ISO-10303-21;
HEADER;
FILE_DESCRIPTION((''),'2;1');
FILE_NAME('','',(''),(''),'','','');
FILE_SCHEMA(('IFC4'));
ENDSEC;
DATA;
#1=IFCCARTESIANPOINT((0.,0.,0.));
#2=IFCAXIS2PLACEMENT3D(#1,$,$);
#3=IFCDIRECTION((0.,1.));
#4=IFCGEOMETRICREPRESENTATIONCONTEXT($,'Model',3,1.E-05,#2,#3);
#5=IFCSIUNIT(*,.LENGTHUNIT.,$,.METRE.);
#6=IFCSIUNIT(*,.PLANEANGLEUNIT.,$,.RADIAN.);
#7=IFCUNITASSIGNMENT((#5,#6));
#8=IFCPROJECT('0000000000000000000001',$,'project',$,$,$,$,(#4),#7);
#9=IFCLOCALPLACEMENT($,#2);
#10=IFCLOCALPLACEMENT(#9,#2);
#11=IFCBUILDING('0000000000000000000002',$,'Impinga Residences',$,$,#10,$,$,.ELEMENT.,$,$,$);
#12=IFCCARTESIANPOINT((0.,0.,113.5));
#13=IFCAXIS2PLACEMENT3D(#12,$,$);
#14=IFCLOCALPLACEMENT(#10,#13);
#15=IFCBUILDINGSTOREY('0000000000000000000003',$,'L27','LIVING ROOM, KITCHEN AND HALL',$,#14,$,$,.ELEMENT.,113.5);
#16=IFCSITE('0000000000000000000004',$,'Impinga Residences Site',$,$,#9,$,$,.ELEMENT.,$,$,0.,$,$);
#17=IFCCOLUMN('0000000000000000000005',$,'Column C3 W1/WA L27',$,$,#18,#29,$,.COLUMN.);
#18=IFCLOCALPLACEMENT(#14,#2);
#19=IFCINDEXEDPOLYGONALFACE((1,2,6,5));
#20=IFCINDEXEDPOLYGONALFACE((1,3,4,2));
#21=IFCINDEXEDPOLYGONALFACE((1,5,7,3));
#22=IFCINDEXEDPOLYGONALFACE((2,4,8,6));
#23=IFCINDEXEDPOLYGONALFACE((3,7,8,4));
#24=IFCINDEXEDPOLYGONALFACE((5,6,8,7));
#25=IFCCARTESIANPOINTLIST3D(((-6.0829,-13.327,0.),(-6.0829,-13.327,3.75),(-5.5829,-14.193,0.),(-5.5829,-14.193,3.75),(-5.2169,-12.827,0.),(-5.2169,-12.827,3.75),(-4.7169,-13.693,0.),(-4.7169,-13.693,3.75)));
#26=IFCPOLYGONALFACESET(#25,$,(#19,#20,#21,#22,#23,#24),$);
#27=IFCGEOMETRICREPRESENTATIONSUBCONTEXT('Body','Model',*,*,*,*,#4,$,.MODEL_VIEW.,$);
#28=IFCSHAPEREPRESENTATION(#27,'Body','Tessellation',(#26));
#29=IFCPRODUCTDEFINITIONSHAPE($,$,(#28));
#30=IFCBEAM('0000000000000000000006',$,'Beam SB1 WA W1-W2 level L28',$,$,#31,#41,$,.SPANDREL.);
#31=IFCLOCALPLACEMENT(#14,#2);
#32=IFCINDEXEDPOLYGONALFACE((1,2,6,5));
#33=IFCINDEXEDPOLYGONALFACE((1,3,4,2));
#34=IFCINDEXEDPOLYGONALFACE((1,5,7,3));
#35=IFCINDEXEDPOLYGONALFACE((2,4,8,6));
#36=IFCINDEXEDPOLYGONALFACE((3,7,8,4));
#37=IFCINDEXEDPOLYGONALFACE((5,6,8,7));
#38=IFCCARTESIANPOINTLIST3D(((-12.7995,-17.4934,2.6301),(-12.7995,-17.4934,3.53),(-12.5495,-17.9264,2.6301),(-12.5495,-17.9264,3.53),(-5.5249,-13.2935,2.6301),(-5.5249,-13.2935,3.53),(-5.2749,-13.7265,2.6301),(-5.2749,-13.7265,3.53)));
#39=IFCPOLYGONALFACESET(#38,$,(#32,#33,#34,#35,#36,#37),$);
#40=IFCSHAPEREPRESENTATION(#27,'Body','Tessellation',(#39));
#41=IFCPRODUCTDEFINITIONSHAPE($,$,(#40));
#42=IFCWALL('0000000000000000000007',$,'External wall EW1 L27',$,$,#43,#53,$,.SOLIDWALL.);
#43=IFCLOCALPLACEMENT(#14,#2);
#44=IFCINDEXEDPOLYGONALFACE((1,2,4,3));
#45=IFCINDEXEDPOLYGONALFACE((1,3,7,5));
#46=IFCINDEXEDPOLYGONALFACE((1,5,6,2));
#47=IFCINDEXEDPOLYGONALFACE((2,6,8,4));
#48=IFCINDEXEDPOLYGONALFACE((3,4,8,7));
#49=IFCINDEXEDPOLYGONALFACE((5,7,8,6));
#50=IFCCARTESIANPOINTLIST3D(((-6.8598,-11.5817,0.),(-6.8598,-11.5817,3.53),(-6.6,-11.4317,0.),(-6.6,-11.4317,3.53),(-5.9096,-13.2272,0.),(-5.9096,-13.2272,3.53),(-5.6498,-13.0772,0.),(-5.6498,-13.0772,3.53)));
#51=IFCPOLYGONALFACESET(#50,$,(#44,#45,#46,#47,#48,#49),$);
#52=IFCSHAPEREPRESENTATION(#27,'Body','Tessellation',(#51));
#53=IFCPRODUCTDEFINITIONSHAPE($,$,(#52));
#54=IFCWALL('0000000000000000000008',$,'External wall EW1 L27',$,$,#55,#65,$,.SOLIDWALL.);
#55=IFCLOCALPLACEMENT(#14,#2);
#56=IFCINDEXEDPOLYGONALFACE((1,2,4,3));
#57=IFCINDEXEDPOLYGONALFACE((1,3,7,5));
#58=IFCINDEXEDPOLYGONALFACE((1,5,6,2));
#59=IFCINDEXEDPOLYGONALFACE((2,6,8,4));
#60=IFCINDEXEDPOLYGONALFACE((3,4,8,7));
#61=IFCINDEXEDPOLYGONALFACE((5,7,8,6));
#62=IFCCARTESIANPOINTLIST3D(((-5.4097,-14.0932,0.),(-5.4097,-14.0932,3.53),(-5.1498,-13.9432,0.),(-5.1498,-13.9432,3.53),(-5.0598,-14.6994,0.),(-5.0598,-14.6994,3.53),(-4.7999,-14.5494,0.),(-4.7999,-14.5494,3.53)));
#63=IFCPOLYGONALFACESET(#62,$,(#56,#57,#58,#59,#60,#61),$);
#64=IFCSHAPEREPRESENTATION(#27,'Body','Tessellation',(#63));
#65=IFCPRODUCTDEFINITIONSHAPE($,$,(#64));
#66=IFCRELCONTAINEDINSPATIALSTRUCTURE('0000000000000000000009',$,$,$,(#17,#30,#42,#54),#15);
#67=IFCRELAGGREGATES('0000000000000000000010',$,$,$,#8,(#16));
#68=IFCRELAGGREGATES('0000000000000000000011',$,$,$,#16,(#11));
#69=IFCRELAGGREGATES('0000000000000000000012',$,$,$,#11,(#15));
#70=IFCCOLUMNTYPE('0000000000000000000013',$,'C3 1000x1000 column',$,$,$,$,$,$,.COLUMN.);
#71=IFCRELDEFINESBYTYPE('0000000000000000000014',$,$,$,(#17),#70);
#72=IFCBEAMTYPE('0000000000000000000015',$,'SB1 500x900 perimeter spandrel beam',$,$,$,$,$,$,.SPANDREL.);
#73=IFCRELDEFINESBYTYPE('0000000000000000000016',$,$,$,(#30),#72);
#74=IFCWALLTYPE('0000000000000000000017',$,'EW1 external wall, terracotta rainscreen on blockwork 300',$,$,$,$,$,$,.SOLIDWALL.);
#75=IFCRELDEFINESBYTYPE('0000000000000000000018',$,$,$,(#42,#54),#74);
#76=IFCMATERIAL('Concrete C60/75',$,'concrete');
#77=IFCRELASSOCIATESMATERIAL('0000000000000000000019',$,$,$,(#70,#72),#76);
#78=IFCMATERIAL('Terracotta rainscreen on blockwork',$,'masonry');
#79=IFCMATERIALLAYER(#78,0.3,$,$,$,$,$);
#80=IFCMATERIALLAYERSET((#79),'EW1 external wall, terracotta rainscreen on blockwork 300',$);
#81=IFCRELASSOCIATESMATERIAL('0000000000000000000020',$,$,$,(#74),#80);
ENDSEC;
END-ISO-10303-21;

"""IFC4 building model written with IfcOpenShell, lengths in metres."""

from ifc_helpers import new_model, si_unit, direction, frame, frame_2d, origin, origin_2d, place, context, subcontext, project, spatial, rectangle, extrude, material, layer, layer_set, material_profile, profile_set, type_object, element, save


model = new_model("IFC4")

# Units and contexts
model_context = context("Model", 3, precision=1e-05, world=origin(), true_north=direction((0.0, 1.0)))
body_context = subcontext(model_context, "Body", "Model", "MODEL_VIEW")
ifc_project = project(units=[si_unit("LENGTHUNIT", "METRE"), si_unit("PLANEANGLEUNIT", "RADIAN")], contexts=[model_context])

# Site, building, storey
site_placement = place(None, origin())
site = spatial("IfcSite", under=ifc_project, at=site_placement, Name="Impinga Residences Site", CompositionType="ELEMENT", RefElevation=0.0)
building_placement = place(site_placement, origin())
building = spatial("IfcBuilding", under=site, at=building_placement, Name="Impinga Residences", CompositionType="ELEMENT")
storey_placement = place(building_placement, frame((0.0, 0.0, 113.5)))
storey = spatial("IfcBuildingStorey", under=building, at=storey_placement, Name="L27", Description="LIVING ROOM, KITCHEN AND HALL", CompositionType="ELEMENT", Elevation=113.5)

# Column
ifc_material_1 = material(Name="Concrete C60/75", Category="concrete")
ifc_material_profile_1 = material_profile(ifc_material_1, rectangle(XDim=1.0, YDim=1.0, at=origin_2d()), Name="RC 1000x1000")
ifc_profile_set_1 = profile_set([ifc_material_profile_1], Name="Concrete C60/75")
column_type = type_object("IfcColumnType", Name="C3 1000x1000 column", PredefinedType="COLUMN", material=ifc_profile_set_1)
column_placement = place(storey_placement, frame((-5.3999, -13.51, 0.0), z_axis=(0.0, 0.0, 1.0), x_axis=(-0.5, 0.866025, 0.0)))
element("IfcColumn", 1, at=column_placement, inside=storey, type_object=column_type, Name="Column C3 W1/WA L27", PredefinedType="COLUMN", context=body_context, shape_type="SweptSolid", body=[
    extrude(rectangle(XDim=1.0, YDim=1.0, at=origin_2d()), origin(), (0.0, 0.0, 1.0), 3.75),
])

# Beam
ifc_material_profile_2 = material_profile(ifc_material_1, rectangle(XDim=0.5, YDim=0.8999, at=origin_2d()), Name="RC 500x900")
ifc_profile_set_2 = profile_set([ifc_material_profile_2], Name="Concrete C60/75")
beam_type = type_object("IfcBeamType", Name="SB1 500x900 perimeter spandrel beam", PredefinedType="SPANDREL", material=ifc_profile_set_2)
beam_placement = place(storey_placement, frame((-5.3999, -13.51, 3.0801), z_axis=(-0.866029, -0.499993, 0.0), x_axis=(0.499993, -0.866029, 0.0)))
element("IfcBeam", 2, at=beam_placement, inside=storey, type_object=beam_type, Name="Beam SB1 WA W1-W2 level L28", PredefinedType="SPANDREL", context=body_context, shape_type="SweptSolid", body=[
    extrude(rectangle(XDim=0.5, YDim=0.8999, at=origin_2d()), origin(), (0.0, 0.0, 1.0), 8.3999),
])

# Walls
ifc_material_2 = material(Name="Terracotta rainscreen on blockwork", Category="masonry")
ifc_layer_1 = layer(ifc_material_2, 0.3)
ifc_layer_set_1 = layer_set([ifc_layer_1], Name="EW1 external wall, terracotta rainscreen on blockwork 300")
wall_type_1 = type_object("IfcWallType", Name="EW1 external wall, terracotta rainscreen on blockwork 300", PredefinedType="SOLIDWALL", material=ifc_layer_set_1)
wall_1_placement = place(storey_placement, frame((-6.73, -11.5066, 0.0), z_axis=(0.0, 0.0, 1.0), x_axis=(0.500064, -0.865989, 0.0)))
element("IfcWall", 3, at=wall_1_placement, inside=storey, type_object=wall_type_1, Name="External wall EW1 L27", PredefinedType="SOLIDWALL", context=body_context, shape_type="SweptSolid", body=[
    extrude(rectangle(XDim=1.9001, YDim=0.3, at=frame_2d((0.9502, 0.0))), origin(), (0.0, 0.0, 1.0), 3.53),
])
wall_2_placement = place(storey_placement, frame((-5.2798, -14.0181, 0.0), z_axis=(0.0, 0.0, 1.0), x_axis=(0.499853, -0.86611, 0.0)))
element("IfcWall", 4, at=wall_2_placement, inside=storey, type_object=wall_type_1, Name="External wall EW1 L27", PredefinedType="SOLIDWALL", context=body_context, shape_type="SweptSolid", body=[
    extrude(rectangle(XDim=0.7, YDim=0.3, at=frame_2d((0.3501, 0.0))), origin(), (0.0, 0.0, 1.0), 3.53),
])

save(model, "model.ifc")
